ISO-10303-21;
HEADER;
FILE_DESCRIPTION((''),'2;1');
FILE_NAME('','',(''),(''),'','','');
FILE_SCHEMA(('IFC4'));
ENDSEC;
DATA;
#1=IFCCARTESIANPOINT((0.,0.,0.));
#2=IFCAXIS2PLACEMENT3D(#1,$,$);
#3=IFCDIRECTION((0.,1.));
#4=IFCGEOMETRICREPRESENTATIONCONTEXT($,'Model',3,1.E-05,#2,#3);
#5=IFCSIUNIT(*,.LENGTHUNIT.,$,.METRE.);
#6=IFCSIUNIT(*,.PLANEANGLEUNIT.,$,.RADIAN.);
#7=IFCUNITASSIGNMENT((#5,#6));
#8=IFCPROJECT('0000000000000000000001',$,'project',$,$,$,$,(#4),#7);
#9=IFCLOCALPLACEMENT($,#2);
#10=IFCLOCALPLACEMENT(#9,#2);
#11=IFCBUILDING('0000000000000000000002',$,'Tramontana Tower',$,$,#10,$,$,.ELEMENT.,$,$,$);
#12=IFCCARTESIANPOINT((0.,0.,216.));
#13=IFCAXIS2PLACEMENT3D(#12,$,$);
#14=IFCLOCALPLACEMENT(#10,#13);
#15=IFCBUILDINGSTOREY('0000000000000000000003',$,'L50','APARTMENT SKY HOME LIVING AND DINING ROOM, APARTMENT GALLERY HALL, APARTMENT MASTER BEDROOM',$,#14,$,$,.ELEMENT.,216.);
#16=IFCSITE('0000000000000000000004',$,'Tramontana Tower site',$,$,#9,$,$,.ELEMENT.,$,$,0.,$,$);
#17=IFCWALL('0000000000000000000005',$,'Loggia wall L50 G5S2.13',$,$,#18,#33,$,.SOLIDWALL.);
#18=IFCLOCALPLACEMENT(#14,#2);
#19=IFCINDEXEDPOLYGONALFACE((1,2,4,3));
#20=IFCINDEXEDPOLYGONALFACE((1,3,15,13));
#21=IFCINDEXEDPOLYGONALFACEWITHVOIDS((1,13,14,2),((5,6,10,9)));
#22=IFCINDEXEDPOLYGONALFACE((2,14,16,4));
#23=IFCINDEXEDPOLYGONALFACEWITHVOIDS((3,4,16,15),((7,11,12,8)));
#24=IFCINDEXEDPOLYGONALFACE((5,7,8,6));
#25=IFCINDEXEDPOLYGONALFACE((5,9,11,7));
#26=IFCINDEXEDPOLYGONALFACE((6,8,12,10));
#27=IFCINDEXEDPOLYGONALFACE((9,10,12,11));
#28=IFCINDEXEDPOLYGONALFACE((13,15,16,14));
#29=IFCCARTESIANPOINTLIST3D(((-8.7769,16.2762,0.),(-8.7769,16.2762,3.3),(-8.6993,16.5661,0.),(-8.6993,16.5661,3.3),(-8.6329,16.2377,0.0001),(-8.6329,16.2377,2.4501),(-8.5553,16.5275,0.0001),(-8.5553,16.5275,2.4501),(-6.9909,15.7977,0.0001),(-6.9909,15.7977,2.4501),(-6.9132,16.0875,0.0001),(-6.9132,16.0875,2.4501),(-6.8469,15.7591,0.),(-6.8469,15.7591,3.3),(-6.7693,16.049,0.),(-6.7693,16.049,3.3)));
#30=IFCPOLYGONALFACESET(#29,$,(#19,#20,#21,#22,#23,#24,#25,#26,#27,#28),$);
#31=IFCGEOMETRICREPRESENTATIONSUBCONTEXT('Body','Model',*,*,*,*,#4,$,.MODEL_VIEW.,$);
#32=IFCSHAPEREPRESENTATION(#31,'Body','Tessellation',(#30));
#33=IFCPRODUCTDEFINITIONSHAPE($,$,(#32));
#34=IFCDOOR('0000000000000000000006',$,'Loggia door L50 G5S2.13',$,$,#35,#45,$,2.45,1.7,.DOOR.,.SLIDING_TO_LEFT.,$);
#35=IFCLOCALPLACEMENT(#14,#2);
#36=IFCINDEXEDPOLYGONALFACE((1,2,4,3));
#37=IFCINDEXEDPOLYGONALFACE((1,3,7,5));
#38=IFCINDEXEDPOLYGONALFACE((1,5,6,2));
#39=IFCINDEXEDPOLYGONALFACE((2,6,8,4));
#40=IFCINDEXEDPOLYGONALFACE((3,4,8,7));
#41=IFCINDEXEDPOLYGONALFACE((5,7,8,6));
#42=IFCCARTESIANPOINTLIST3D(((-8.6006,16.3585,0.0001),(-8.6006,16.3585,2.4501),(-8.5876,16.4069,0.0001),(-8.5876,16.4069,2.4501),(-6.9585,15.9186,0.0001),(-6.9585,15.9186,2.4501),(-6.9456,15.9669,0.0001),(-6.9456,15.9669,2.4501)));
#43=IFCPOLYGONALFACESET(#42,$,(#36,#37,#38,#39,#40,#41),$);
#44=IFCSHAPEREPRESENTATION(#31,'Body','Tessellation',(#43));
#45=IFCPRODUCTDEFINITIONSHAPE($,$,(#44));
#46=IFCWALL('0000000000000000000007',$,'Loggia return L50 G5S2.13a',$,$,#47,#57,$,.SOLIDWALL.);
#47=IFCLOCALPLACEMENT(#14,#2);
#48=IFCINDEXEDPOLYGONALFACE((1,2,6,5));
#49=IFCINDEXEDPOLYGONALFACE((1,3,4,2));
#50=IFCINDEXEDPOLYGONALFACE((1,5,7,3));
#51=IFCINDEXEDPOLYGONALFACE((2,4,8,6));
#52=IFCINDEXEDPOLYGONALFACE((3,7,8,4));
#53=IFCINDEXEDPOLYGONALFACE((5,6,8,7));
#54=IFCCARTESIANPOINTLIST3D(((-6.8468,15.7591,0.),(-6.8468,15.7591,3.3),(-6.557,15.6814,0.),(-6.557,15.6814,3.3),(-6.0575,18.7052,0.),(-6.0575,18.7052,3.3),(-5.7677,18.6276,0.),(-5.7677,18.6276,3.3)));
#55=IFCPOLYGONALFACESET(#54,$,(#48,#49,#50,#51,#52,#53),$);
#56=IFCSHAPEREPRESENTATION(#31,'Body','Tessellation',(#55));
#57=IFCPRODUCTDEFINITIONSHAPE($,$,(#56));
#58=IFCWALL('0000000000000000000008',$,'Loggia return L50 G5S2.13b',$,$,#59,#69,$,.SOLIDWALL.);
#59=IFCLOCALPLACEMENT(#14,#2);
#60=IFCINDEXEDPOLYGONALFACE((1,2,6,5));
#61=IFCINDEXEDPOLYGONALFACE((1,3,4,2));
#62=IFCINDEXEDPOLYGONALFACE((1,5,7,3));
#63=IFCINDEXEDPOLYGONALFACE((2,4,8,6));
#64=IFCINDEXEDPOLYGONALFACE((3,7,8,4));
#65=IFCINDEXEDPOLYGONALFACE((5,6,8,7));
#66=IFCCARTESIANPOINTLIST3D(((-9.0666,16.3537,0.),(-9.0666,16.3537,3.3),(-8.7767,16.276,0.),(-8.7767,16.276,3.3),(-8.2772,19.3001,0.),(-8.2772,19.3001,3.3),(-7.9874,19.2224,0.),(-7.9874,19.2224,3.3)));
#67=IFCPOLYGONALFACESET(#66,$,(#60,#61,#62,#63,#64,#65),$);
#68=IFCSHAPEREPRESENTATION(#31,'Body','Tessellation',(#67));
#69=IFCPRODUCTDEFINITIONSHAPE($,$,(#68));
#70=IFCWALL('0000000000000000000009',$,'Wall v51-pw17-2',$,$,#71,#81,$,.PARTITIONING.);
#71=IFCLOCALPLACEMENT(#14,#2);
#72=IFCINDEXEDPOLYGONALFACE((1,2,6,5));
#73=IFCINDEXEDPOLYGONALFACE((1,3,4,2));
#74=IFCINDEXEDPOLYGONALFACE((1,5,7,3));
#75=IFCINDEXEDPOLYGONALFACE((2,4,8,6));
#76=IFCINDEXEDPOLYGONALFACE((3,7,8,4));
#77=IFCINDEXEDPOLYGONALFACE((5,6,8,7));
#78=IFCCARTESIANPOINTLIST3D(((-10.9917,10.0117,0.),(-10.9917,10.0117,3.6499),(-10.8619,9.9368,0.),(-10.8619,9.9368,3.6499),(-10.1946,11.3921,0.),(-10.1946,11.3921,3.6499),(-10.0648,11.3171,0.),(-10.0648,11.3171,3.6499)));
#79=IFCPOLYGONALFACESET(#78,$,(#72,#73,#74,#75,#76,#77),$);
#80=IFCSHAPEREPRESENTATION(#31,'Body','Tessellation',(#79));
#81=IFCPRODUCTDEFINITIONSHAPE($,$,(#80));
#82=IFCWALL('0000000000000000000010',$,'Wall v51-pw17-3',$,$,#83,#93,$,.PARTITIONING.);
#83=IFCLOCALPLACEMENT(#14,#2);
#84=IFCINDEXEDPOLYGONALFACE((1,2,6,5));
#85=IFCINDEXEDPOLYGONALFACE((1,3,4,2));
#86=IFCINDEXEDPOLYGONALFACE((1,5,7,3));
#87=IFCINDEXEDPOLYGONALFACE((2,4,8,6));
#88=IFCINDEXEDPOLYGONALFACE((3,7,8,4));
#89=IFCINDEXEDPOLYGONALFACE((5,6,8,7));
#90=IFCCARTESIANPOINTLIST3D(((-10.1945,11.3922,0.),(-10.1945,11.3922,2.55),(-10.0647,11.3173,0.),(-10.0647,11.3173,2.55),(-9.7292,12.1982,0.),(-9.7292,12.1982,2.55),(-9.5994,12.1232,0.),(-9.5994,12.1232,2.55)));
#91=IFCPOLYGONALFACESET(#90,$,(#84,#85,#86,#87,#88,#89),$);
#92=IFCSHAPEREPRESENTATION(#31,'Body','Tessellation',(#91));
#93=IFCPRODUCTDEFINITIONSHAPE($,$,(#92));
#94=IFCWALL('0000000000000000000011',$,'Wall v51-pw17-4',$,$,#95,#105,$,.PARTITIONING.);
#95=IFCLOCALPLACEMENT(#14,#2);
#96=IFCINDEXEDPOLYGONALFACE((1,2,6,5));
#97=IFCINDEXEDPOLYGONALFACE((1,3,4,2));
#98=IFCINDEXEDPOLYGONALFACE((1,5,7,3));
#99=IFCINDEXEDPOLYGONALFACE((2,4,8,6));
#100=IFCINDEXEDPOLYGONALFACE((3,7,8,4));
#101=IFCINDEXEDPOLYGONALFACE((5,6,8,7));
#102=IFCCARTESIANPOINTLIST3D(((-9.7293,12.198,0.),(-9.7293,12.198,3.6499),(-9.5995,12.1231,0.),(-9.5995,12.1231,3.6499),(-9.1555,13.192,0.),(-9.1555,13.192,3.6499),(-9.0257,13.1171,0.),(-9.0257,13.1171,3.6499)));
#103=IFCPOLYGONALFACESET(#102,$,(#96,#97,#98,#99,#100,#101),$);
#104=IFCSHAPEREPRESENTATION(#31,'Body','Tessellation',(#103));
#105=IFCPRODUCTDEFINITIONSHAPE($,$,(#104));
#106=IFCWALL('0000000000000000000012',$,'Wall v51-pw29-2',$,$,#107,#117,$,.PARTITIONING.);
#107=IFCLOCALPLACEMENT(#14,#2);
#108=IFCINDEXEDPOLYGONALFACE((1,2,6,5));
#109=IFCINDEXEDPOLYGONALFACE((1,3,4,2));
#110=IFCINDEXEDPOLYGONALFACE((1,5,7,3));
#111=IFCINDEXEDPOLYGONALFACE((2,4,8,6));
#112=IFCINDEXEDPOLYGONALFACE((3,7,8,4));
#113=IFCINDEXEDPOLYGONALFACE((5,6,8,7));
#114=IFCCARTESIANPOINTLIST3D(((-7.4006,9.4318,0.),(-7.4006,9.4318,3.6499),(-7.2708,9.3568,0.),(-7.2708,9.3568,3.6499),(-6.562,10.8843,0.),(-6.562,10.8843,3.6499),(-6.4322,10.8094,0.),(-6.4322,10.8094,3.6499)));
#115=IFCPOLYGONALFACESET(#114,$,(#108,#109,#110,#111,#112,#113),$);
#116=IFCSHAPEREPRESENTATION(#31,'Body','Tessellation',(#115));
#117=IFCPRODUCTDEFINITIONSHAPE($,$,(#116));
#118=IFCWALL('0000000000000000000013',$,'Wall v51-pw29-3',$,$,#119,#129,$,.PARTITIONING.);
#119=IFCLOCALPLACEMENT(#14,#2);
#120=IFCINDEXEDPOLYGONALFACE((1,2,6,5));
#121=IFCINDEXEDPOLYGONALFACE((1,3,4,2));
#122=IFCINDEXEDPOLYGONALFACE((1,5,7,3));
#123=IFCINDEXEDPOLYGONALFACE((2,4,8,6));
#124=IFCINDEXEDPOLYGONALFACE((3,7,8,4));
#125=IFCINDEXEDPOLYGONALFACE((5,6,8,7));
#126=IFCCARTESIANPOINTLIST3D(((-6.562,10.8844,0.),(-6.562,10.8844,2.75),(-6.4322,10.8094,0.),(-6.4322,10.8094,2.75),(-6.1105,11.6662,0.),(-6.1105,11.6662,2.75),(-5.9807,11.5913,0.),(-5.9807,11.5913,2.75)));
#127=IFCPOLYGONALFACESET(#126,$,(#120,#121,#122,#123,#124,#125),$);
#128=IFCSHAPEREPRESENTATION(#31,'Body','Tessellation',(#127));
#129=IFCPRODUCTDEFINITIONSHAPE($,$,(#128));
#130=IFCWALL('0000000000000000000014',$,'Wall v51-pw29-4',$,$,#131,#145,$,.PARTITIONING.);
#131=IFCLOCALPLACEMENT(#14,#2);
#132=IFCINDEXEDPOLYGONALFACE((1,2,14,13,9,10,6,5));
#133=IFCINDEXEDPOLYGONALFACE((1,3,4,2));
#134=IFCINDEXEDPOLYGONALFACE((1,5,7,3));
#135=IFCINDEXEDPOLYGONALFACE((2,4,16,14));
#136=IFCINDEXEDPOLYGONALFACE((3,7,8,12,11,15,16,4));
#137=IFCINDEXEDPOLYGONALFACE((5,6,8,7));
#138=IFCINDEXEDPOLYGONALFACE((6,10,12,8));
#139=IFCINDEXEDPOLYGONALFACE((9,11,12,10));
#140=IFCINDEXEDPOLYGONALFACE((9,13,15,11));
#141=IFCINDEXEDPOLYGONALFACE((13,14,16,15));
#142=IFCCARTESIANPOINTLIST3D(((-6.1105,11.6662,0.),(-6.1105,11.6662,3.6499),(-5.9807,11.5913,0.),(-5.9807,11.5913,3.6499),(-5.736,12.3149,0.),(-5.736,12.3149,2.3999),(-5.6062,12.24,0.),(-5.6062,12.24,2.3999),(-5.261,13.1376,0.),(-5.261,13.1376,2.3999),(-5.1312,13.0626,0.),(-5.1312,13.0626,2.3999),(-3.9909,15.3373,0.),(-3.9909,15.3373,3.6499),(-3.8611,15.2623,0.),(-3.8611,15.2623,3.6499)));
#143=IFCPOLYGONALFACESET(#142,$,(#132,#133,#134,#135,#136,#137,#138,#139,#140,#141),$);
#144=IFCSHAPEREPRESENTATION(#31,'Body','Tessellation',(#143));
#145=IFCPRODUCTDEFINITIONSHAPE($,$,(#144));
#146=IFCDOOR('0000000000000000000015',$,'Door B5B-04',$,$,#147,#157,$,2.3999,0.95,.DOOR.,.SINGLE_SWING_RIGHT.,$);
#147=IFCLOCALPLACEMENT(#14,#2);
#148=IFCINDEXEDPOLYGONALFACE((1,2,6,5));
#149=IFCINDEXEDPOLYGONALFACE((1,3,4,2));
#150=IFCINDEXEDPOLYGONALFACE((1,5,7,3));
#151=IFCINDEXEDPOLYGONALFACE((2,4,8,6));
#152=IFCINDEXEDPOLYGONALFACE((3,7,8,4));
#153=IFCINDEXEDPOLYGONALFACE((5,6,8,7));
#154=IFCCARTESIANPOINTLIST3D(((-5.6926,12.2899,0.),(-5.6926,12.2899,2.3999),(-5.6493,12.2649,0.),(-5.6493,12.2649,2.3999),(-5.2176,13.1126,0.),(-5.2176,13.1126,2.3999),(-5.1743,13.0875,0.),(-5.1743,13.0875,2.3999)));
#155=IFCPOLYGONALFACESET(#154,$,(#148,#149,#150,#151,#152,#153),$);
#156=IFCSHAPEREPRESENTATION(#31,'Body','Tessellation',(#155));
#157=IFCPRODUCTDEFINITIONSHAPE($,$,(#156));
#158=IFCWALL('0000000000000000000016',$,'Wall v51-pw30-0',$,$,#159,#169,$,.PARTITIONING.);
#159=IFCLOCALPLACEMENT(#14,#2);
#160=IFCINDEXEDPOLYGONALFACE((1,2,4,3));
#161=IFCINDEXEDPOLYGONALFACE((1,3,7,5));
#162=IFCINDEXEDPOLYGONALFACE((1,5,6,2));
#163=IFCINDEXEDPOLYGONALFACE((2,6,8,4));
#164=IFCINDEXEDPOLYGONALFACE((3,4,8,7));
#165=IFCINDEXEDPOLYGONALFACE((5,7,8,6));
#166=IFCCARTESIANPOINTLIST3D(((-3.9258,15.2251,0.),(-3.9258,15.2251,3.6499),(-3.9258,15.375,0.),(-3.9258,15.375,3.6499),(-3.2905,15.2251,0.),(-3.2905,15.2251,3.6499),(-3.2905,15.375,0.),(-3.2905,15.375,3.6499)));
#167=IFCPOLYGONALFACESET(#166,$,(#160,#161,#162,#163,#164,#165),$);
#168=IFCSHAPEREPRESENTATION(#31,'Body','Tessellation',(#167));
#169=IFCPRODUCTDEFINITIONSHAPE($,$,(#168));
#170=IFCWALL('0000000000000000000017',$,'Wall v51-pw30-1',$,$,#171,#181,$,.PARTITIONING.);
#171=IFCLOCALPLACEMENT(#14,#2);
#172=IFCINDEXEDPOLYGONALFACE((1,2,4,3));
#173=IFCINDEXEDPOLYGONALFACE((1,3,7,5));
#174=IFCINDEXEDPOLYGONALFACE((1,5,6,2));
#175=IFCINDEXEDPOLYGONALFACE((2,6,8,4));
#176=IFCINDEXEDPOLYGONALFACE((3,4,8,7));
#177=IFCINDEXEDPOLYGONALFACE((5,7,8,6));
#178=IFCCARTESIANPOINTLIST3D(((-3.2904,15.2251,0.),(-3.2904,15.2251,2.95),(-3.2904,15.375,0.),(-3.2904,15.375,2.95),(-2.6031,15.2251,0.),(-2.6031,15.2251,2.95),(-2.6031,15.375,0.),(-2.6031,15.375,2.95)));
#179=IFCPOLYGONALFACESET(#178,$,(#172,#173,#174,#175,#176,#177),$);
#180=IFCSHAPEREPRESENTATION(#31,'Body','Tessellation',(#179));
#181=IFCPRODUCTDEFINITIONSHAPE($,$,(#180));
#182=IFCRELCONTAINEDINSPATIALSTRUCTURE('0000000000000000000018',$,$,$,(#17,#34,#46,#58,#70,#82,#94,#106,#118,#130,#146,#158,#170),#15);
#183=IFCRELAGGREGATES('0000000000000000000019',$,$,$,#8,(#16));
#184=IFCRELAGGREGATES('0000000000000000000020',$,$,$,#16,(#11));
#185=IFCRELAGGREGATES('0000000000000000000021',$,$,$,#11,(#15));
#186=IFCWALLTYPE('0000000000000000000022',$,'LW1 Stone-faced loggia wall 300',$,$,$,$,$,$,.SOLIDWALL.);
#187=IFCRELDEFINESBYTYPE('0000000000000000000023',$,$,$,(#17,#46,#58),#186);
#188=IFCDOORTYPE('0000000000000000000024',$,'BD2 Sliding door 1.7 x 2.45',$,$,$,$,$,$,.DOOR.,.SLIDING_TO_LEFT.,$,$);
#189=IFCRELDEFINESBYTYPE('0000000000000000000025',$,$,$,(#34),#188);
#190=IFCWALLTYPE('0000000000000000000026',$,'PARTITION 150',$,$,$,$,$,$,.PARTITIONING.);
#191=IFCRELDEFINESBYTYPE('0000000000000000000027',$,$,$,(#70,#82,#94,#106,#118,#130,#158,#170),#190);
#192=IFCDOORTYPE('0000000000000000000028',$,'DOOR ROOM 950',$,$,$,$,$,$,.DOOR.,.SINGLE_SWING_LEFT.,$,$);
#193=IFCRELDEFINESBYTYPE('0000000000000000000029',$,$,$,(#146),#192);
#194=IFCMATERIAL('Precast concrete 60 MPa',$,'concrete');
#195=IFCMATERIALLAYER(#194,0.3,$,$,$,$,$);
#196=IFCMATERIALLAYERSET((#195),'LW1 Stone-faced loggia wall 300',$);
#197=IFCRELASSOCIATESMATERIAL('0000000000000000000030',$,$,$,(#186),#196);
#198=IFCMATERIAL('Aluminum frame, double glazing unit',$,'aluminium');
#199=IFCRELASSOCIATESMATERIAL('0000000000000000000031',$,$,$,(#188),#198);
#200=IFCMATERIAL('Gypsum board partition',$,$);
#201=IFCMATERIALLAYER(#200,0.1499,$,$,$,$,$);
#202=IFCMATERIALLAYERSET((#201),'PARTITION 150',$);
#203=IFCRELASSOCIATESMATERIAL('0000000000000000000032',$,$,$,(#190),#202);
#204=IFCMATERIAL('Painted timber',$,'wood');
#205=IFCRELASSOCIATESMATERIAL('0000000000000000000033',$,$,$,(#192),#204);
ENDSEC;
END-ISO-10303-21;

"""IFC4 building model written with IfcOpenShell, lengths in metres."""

from ifc_helpers import new_model, si_unit, direction, frame, frame_2d, origin, place, context, subcontext, project, spatial, rectangle, extrude, material, layer, layer_set, type_object, element, fill, save


model = new_model("IFC4")

# Units and contexts
model_context = context("Model", 3, precision=1e-05, world=origin(), true_north=direction((0.0, 1.0)))
body_context = subcontext(model_context, "Body", "Model", "MODEL_VIEW")
ifc_project = project(units=[si_unit("LENGTHUNIT", "METRE"), si_unit("PLANEANGLEUNIT", "RADIAN")], contexts=[model_context])

# Site, building, storey
site_placement = place(None, origin())
site = spatial("IfcSite", under=ifc_project, at=site_placement, Name="Tramontana Tower site", CompositionType="ELEMENT", RefElevation=0.0)
building_placement = place(site_placement, origin())
building = spatial("IfcBuilding", under=site, at=building_placement, Name="Tramontana Tower", CompositionType="ELEMENT")
storey_placement = place(building_placement, frame((0.0, 0.0, 216.0)))
storey = spatial("IfcBuildingStorey", under=building, at=storey_placement, Name="L50", Description="APARTMENT SKY HOME LIVING AND DINING ROOM, APARTMENT GALLERY HALL, APARTMENT MASTER BEDROOM", CompositionType="ELEMENT", Elevation=216.0)

# Wall, opening, door
ifc_material_1 = material(Name="Precast concrete 60 MPa", Category="concrete")
ifc_layer_1 = layer(ifc_material_1, 0.3)
ifc_layer_set_1 = layer_set([ifc_layer_1], Name="LW1 Stone-faced loggia wall 300")
wall_type_1 = type_object("IfcWallType", Name="LW1 Stone-faced loggia wall 300", PredefinedType="SOLIDWALL", material=ifc_layer_set_1)
wall_1_placement = place(storey_placement, frame((-6.8081, 15.9041, 0.0), z_axis=(0.0, 0.0, 1.0), x_axis=(-0.96593, 0.258803, 0.0)))
wall_1 = element("IfcWall", 1, at=wall_1_placement, inside=storey, type_object=wall_type_1, Name="Loggia wall L50 G5S2.13", PredefinedType="SOLIDWALL", context=body_context, shape_type="SweptSolid", body=[
    extrude(rectangle(XDim=1.998, YDim=0.3, at=frame_2d((0.999, 0.0))), origin(), (0.0, 0.0, 1.0), 3.3),
])
opening_1_placement = place(wall_1_placement, frame((0.1489, 0.0, 0.0)))
opening_1 = element("IfcOpeningElement", 2, at=opening_1_placement, cuts=wall_1, PredefinedType="OPENING", context=body_context, shape_type="SweptSolid", body=[
    extrude(rectangle(XDim=1.7, YDim=2.45, at=frame_2d((0.8501, 1.2251))), frame((0.0, 0.1599, 0.0), z_axis=(0.0, -1.0, 0.0), x_axis=(1.0, 0.0, 0.0)), (0.0, 0.0, 1.0), 0.3201),
])
ifc_material_2 = material(Name="Aluminum frame, double glazing unit", Category="aluminium")
door_type_1 = type_object("IfcDoorType", Name="BD2 Sliding door 1.7 x 2.45", OperationType="SLIDING_TO_LEFT", PredefinedType="DOOR", material=ifc_material_2)
door_1_placement = place(opening_1_placement, origin())
door_1 = element("IfcDoor", 3, at=door_1_placement, inside=storey, type_object=door_type_1, Name="Loggia door L50 G5S2.13", OperationType="SLIDING_TO_LEFT", OverallHeight=2.45, OverallWidth=1.7, PredefinedType="DOOR", context=body_context, shape_type="SweptSolid", body=[
    extrude(rectangle(XDim=1.7, YDim=2.45, at=frame_2d((0.8501, 1.2251))), frame((0.0, 0.0249, 0.0), z_axis=(0.0, -1.0, 0.0), x_axis=(1.0, 0.0, 0.0)), (0.0, 0.0, 1.0), 0.05),
])
fill(opening_1, door_1)

# Walls
wall_2_placement = place(storey_placement, frame((-5.9126, 18.6663, 0.0), z_axis=(0.0, 0.0, 1.0), x_axis=(-0.258793, -0.965933, 0.0)))
element("IfcWall", 4, at=wall_2_placement, inside=storey, type_object=wall_type_1, Name="Loggia return L50 G5S2.13a", PredefinedType="SOLIDWALL", context=body_context, shape_type="SweptSolid", body=[
    extrude(rectangle(XDim=3.05, YDim=0.3, at=frame_2d((1.5249, 0.0))), origin(), (0.0, 0.0, 1.0), 3.3),
])
wall_3_placement = place(storey_placement, frame((-8.1323, 19.2612, 0.0), z_axis=(0.0, 0.0, 1.0), x_axis=(-0.258773, -0.965938, 0.0)))
element("IfcWall", 5, at=wall_3_placement, inside=storey, type_object=wall_type_1, Name="Loggia return L50 G5S2.13b", PredefinedType="SOLIDWALL", context=body_context, shape_type="SweptSolid", body=[
    extrude(rectangle(XDim=3.0503, YDim=0.3, at=frame_2d((1.5251, 0.0))), origin(), (0.0, 0.0, 1.0), 3.3),
])
ifc_material_3 = material(Name="Gypsum board partition")
ifc_layer_2 = layer(ifc_material_3, 0.1499)
ifc_layer_set_2 = layer_set([ifc_layer_2], Name="PARTITION 150")
wall_type_2 = type_object("IfcWallType", Name="PARTITION 150", PredefinedType="PARTITIONING", material=ifc_layer_set_2)
wall_4_placement = place(storey_placement, frame((-10.9268, 9.9744, 0.0), z_axis=(0.0, 0.0, 1.0), x_axis=(0.500076, 0.865982, 0.0)))
element("IfcWall", 6, at=wall_4_placement, inside=storey, type_object=wall_type_2, Name="Wall v51-pw17-2", PredefinedType="PARTITIONING", context=body_context, shape_type="SweptSolid", body=[
    extrude(rectangle(XDim=1.594, YDim=0.1499, at=frame_2d((0.7969, 0.0))), origin(), (0.0, 0.0, 1.0), 3.6499),
])
wall_5_placement = place(storey_placement, frame((-10.1296, 11.3547, 0.0), z_axis=(0.0, 0.0, 1.0), x_axis=(0.500033, 0.866006, 0.0)))
element("IfcWall", 7, at=wall_5_placement, inside=storey, type_object=wall_type_2, Name="Wall v51-pw17-3", PredefinedType="PARTITIONING", context=body_context, shape_type="SweptSolid", body=[
    extrude(rectangle(XDim=0.9307, YDim=0.1499, at=frame_2d((0.4653, 0.0))), origin(), (0.0, 0.0, 1.0), 2.55),
])
wall_6_placement = place(storey_placement, frame((-9.6643, 12.1606, 0.0), z_axis=(0.0, 0.0, 1.0), x_axis=(0.499937, 0.866062, 0.0)))
element("IfcWall", 8, at=wall_6_placement, inside=storey, type_object=wall_type_2, Name="Wall v51-pw17-4", PredefinedType="PARTITIONING", context=body_context, shape_type="SweptSolid", body=[
    extrude(rectangle(XDim=1.1477, YDim=0.1499, at=frame_2d((0.5737, 0.0))), origin(), (0.0, 0.0, 1.0), 3.6499),
])

# Walls
wall_7_placement = place(storey_placement, frame((-7.3357, 9.3943, 0.0), z_axis=(0.0, 0.0, 1.0), x_axis=(0.499974, 0.86604, 0.0)))
element("IfcWall", 9, at=wall_7_placement, inside=storey, type_object=wall_type_2, Name="Wall v51-pw29-2", PredefinedType="PARTITIONING", context=body_context, shape_type="SweptSolid", body=[
    extrude(rectangle(XDim=1.6772, YDim=0.1499, at=frame_2d((0.8386, 0.0))), origin(), (0.0, 0.0, 1.0), 3.6499),
])
wall_8_placement = place(storey_placement, frame((-6.4971, 10.8469, 0.0), z_axis=(0.0, 0.0, 1.0), x_axis=(0.500066, 0.865987, 0.0)))
element("IfcWall", 10, at=wall_8_placement, inside=storey, type_object=wall_type_2, Name="Wall v51-pw29-3", PredefinedType="PARTITIONING", context=body_context, shape_type="SweptSolid", body=[
    extrude(rectangle(XDim=0.9028, YDim=0.1499, at=frame_2d((0.4514, 0.0))), origin(), (0.0, 0.0, 1.0), 2.75),
])

# Wall, opening, door
wall_9_placement = place(storey_placement, frame((-6.0457, 11.6287, 0.0), z_axis=(0.0, 0.0, 1.0), x_axis=(0.500017, 0.866016, 0.0)))
wall_9 = element("IfcWall", 11, at=wall_9_placement, inside=storey, type_object=wall_type_2, Name="Wall v51-pw29-4", PredefinedType="PARTITIONING", context=body_context, shape_type="SweptSolid", body=[
    extrude(rectangle(XDim=4.239, YDim=0.1499, at=frame_2d((2.1196, 0.0))), origin(), (0.0, 0.0, 1.0), 3.6499),
])
opening_2_placement = place(wall_9_placement, frame((0.749, 0.0, 0.0)))
opening_2 = element("IfcOpeningElement", 12, at=opening_2_placement, cuts=wall_9, PredefinedType="OPENING", context=body_context, shape_type="SweptSolid", body=[
    extrude(rectangle(XDim=0.95, YDim=2.3999, at=frame_2d((0.4751, 1.2))), frame((0.0, 0.085, 0.0), z_axis=(0.0, -1.0, 0.0), x_axis=(1.0, 0.0, 0.0)), (0.0, 0.0, 1.0), 0.1699),
])
ifc_material_4 = material(Name="Painted timber", Category="wood")
door_type_2 = type_object("IfcDoorType", Name="DOOR ROOM 950", OperationType="SINGLE_SWING_LEFT", PredefinedType="DOOR", material=ifc_material_4)
door_2_placement = place(opening_2_placement, origin())
door_2 = element("IfcDoor", 13, at=door_2_placement, inside=storey, type_object=door_type_2, Name="Door B5B-04", OperationType="SINGLE_SWING_RIGHT", OverallHeight=2.3999, OverallWidth=0.95, PredefinedType="DOOR", context=body_context, shape_type="SweptSolid", body=[
    extrude(rectangle(XDim=0.95, YDim=2.3999, at=frame_2d((0.4751, 1.2))), frame((0.0, 0.0249, 0.0), z_axis=(0.0, -1.0, 0.0), x_axis=(1.0, 0.0, 0.0)), (0.0, 0.0, 1.0), 0.05),
])
fill(opening_2, door_2)

# Walls
wall_10_placement = place(storey_placement, frame((-3.9258, 15.3, 0.0), z_axis=(0.0, 0.0, 1.0), x_axis=(1.0, 0.0, 0.0)))
element("IfcWall", 14, at=wall_10_placement, inside=storey, type_object=wall_type_2, Name="Wall v51-pw30-0", PredefinedType="PARTITIONING", context=body_context, shape_type="SweptSolid", body=[
    extrude(rectangle(XDim=0.6353, YDim=0.1499, at=frame_2d((0.3176, 0.0))), origin(), (0.0, 0.0, 1.0), 3.6499),
])
wall_11_placement = place(storey_placement, frame((-3.2905, 15.3, 0.0), z_axis=(0.0, 0.0, 1.0), x_axis=(1.0, 0.0, 0.0)))
element("IfcWall", 15, at=wall_11_placement, inside=storey, type_object=wall_type_2, Name="Wall v51-pw30-1", PredefinedType="PARTITIONING", context=body_context, shape_type="SweptSolid", body=[
    extrude(rectangle(XDim=0.6873, YDim=0.1499, at=frame_2d((0.3438, 0.0))), origin(), (0.0, 0.0, 1.0), 2.95),
])

save(model, "model.ifc")
